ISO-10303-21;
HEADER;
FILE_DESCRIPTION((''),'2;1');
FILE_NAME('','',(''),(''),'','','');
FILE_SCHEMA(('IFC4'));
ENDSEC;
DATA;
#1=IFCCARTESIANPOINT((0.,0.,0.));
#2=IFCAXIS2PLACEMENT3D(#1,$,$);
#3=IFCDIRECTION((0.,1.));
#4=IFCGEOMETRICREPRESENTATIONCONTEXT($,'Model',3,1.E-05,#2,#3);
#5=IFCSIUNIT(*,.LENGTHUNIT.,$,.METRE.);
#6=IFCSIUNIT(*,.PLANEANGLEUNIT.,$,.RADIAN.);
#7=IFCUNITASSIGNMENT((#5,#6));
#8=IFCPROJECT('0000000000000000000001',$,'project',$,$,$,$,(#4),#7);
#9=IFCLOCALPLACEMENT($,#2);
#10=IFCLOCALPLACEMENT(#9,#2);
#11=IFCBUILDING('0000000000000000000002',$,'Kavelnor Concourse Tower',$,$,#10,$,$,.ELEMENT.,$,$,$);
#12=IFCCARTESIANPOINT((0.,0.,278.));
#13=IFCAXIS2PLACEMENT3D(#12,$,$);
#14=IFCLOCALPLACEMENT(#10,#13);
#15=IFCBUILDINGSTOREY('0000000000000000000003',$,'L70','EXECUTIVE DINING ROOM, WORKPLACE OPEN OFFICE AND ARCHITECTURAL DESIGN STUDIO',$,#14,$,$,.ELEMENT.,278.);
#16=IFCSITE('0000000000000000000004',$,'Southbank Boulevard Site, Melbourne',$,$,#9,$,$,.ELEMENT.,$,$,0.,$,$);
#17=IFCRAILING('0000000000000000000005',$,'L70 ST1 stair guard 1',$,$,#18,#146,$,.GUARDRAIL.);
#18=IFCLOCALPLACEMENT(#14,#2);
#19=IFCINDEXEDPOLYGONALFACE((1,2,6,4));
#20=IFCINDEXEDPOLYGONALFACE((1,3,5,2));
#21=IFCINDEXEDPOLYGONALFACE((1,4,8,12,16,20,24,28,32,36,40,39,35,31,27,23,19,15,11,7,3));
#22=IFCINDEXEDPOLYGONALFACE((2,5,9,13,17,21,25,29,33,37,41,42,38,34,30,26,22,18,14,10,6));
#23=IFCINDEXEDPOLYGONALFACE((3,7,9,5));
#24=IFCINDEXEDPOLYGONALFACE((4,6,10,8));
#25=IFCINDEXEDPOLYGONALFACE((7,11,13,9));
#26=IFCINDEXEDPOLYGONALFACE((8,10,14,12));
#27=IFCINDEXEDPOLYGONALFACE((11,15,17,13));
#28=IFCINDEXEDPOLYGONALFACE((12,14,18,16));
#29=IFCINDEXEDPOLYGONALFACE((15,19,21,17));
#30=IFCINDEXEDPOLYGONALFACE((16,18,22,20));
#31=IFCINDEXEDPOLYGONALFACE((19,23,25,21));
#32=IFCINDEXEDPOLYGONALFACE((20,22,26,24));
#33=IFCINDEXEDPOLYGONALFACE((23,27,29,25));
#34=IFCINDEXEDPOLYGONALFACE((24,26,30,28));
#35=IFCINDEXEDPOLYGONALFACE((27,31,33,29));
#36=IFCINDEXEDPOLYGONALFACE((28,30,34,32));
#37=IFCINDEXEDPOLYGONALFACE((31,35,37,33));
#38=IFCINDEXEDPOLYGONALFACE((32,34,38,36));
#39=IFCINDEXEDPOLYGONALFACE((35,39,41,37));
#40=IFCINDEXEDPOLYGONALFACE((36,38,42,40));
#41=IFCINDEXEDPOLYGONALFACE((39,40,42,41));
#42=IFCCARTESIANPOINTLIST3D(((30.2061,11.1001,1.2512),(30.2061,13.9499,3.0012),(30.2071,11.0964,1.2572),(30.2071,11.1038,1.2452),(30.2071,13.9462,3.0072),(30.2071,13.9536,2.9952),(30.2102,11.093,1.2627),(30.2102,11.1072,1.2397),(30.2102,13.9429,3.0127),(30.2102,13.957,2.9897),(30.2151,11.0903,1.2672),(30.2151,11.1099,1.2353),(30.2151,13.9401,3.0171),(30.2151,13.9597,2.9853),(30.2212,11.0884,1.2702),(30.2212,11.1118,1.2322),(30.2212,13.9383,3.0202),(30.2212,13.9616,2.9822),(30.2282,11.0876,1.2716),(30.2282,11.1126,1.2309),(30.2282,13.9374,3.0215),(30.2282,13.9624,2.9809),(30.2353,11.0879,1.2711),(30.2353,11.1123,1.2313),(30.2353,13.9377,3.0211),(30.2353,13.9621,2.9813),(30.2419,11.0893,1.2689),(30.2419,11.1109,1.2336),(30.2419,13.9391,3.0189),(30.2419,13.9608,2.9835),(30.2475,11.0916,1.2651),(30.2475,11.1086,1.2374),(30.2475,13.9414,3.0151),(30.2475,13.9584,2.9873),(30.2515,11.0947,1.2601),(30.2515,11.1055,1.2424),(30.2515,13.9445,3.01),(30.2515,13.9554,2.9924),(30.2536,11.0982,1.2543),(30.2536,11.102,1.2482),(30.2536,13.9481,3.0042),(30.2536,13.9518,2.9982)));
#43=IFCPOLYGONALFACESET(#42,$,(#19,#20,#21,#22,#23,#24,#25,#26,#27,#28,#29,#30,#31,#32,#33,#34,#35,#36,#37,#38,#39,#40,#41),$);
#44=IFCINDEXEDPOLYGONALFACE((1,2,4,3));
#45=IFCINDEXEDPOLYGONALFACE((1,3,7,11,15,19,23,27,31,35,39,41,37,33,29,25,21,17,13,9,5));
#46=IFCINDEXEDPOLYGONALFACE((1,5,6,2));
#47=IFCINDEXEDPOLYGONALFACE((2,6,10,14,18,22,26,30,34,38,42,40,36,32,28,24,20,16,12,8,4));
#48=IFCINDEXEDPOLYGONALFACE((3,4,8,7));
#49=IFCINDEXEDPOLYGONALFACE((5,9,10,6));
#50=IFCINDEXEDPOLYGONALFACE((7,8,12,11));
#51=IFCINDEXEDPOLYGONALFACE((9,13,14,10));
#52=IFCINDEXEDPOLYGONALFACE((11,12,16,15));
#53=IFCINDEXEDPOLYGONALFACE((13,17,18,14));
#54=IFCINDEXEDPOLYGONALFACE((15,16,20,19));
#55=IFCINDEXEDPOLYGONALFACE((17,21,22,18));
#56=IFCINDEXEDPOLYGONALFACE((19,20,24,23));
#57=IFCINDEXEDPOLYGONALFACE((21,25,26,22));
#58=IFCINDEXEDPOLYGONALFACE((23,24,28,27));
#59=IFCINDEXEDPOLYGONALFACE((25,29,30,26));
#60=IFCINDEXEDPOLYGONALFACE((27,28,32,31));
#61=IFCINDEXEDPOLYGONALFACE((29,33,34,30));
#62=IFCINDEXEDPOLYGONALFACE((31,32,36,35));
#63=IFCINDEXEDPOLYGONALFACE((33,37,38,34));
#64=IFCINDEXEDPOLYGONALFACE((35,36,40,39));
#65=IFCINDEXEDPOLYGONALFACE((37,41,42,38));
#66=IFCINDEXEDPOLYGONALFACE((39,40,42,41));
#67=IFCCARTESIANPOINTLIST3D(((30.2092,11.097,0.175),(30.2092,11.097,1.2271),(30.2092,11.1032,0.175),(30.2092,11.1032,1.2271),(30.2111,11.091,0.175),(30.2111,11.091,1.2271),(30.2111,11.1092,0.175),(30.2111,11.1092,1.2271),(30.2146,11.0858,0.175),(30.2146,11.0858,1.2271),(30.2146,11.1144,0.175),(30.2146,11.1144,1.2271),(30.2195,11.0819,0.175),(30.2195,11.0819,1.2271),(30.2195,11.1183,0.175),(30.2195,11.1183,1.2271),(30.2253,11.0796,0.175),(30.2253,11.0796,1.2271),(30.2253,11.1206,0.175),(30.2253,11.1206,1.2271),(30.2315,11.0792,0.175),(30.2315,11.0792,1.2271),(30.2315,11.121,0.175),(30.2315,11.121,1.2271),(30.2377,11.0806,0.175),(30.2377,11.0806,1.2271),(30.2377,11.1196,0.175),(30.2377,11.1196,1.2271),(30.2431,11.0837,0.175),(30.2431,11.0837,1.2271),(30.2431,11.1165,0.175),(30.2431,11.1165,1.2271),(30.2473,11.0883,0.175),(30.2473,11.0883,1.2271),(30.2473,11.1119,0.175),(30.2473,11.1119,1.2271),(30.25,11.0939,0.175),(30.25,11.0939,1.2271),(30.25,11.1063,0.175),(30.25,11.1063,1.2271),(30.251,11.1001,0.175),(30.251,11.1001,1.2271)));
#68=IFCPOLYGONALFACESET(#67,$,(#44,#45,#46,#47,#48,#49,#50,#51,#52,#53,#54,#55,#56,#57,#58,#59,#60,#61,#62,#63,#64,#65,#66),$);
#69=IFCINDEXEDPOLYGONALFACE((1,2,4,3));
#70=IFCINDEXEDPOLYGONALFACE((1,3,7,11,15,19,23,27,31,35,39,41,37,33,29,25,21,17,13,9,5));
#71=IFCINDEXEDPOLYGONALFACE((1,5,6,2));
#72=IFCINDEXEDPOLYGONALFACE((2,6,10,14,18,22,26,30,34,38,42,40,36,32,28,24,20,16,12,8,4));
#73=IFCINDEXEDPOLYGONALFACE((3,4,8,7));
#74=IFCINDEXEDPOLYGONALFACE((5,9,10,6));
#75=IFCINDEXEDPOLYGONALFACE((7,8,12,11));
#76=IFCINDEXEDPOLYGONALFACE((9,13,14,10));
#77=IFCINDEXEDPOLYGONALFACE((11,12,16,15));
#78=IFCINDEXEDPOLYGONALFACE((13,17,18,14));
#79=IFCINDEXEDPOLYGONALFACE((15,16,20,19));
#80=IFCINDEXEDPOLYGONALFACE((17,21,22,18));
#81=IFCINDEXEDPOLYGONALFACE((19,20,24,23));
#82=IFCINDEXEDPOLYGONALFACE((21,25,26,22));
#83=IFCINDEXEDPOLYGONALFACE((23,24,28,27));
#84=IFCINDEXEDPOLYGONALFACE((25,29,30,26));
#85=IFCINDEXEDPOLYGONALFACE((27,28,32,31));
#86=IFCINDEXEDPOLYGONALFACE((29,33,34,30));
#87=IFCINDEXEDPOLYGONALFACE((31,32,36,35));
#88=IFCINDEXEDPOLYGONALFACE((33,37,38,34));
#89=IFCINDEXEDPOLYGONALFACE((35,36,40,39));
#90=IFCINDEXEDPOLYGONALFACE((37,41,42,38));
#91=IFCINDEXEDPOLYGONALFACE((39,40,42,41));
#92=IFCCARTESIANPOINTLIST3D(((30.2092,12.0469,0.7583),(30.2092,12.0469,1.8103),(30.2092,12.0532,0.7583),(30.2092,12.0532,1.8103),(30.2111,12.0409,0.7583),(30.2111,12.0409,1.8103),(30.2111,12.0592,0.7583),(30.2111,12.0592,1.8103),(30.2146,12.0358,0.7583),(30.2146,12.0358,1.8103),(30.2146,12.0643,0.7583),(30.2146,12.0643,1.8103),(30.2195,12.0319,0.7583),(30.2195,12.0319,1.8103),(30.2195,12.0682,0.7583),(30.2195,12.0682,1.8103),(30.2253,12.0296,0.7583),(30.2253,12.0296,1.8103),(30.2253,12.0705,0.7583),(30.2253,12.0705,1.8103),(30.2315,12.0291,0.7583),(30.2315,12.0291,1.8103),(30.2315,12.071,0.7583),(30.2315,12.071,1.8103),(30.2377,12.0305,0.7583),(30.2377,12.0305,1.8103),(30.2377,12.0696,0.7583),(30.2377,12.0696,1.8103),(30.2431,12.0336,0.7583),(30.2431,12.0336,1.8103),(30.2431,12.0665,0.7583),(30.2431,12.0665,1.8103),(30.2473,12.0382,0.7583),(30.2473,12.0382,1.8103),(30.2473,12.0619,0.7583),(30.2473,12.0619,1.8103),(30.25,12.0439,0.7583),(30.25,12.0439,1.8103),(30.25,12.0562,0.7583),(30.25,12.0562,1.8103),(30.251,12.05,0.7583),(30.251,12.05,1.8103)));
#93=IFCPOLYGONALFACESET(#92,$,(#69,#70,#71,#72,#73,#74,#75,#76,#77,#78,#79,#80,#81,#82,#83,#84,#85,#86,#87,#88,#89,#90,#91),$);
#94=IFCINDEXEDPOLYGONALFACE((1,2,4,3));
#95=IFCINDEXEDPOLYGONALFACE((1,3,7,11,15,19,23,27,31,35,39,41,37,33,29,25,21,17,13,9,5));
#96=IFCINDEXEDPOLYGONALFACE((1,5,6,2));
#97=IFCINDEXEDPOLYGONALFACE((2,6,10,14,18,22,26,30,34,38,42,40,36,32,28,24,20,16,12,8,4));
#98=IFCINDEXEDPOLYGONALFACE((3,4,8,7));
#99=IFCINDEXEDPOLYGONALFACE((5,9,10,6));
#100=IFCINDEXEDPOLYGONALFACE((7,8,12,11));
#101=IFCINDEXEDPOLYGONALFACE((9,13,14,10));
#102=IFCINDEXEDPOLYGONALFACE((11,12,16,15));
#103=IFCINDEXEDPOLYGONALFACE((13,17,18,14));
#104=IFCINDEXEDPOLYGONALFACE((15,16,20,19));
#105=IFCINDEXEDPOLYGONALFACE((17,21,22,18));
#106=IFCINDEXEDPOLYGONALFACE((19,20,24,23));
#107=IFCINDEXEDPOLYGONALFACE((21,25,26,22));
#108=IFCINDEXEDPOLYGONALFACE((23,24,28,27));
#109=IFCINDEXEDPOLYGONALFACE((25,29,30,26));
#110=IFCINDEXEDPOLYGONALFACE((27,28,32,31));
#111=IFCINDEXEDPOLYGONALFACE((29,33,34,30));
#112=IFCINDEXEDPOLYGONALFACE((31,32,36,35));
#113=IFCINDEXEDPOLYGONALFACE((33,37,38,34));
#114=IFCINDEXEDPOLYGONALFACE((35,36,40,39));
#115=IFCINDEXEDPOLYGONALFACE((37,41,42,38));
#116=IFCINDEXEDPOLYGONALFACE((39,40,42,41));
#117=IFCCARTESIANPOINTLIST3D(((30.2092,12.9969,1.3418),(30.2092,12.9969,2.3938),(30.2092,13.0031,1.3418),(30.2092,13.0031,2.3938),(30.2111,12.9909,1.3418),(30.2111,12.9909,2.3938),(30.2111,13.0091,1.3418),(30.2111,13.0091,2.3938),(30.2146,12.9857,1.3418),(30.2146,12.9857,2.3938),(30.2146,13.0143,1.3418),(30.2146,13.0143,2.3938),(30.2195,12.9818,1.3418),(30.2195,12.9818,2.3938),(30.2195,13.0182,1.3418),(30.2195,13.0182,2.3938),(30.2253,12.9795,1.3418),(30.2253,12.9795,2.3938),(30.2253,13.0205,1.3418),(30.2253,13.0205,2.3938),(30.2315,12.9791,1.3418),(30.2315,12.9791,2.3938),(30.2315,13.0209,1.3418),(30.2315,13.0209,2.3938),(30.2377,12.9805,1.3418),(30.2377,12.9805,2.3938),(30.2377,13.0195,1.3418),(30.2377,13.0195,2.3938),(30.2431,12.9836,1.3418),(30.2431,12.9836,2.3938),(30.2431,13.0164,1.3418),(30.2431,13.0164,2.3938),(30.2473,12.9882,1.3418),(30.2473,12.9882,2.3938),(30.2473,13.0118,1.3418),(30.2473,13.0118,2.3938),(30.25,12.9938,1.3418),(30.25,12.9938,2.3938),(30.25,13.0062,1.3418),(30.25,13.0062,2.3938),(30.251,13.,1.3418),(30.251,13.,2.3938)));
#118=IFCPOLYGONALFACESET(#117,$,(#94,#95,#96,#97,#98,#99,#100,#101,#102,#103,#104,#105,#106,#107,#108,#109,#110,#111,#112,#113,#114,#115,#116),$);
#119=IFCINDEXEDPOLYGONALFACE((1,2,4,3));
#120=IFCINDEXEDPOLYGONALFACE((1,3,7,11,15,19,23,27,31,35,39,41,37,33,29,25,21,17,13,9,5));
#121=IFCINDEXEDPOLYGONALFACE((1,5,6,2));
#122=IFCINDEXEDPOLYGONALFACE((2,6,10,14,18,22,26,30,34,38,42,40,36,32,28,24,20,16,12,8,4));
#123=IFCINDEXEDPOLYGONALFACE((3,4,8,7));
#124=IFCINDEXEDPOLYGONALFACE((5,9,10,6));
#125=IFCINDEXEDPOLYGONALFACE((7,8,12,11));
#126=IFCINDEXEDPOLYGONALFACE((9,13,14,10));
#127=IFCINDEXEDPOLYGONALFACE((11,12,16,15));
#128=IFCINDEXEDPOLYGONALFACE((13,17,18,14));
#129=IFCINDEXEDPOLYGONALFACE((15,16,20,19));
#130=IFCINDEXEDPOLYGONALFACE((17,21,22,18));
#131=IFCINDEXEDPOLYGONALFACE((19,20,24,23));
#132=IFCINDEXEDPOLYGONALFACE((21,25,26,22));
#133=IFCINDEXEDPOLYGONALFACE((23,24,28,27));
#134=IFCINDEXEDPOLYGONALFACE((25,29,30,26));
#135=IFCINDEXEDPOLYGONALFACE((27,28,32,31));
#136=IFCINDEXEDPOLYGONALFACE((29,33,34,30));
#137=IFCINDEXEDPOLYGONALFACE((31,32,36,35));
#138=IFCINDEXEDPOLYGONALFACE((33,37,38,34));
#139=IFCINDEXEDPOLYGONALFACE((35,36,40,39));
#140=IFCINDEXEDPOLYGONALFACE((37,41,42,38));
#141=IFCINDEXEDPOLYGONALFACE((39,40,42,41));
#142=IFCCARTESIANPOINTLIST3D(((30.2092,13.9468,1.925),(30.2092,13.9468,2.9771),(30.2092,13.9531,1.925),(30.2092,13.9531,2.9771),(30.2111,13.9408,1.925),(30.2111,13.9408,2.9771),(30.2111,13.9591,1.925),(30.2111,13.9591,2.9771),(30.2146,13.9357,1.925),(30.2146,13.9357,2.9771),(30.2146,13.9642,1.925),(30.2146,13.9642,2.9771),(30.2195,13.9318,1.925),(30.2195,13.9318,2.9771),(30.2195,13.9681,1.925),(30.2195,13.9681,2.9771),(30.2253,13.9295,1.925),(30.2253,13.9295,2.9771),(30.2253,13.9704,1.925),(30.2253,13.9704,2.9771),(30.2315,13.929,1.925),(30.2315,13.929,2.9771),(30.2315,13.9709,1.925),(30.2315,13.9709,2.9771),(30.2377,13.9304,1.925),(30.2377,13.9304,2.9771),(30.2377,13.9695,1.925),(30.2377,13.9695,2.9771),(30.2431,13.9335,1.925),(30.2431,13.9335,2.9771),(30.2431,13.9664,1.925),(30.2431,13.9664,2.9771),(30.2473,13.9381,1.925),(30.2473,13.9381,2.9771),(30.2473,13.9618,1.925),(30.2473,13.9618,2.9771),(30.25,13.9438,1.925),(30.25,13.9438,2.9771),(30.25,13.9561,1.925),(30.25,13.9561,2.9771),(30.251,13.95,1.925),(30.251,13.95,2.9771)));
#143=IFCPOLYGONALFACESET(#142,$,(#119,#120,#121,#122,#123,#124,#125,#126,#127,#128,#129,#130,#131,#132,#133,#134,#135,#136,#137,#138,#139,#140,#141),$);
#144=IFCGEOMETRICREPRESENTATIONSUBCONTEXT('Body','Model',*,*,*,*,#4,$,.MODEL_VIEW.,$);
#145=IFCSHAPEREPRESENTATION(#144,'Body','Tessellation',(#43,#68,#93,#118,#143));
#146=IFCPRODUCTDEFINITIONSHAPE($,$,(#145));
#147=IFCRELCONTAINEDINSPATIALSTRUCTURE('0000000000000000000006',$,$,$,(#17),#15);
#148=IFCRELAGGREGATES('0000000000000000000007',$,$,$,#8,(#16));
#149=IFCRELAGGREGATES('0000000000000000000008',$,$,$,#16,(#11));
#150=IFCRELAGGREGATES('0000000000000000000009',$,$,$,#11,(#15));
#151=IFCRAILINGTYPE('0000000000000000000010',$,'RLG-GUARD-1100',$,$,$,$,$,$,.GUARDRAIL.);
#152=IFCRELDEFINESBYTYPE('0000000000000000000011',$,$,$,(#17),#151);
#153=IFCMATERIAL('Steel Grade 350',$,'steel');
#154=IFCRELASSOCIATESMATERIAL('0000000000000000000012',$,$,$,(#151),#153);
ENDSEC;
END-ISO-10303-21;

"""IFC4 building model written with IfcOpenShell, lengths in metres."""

from ifc_helpers import new_model, si_unit, direction, frame, origin, origin_2d, place, context, subcontext, project, spatial, circle, extrude, material, type_object, element, save


model = new_model("IFC4")

# Units and contexts
model_context = context("Model", 3, precision=1e-05, world=origin(), true_north=direction((0.0, 1.0)))
body_context = subcontext(model_context, "Body", "Model", "MODEL_VIEW")
ifc_project = project(units=[si_unit("LENGTHUNIT", "METRE"), si_unit("PLANEANGLEUNIT", "RADIAN")], contexts=[model_context])

# Site, building, storey
site_placement = place(None, origin())
site = spatial("IfcSite", under=ifc_project, at=site_placement, Name="Southbank Boulevard Site, Melbourne", CompositionType="ELEMENT", RefElevation=0.0)
building_placement = place(site_placement, origin())
building = spatial("IfcBuilding", under=site, at=building_placement, Name="Kavelnor Concourse Tower", CompositionType="ELEMENT")
storey_placement = place(building_placement, frame((0.0, 0.0, 278.0)))
storey = spatial("IfcBuildingStorey", under=building, at=storey_placement, Name="L70", Description="EXECUTIVE DINING ROOM, WORKPLACE OPEN OFFICE AND ARCHITECTURAL DESIGN STUDIO", CompositionType="ELEMENT", Elevation=278.0)

# Shared definitions
ifc_material_1 = material(Name="Steel Grade 350", Category="steel")

# Railing
railing_type_1 = type_object("IfcRailingType", Name="RLG-GUARD-1100", PredefinedType="GUARDRAIL", material=ifc_material_1)
railing_1_placement = place(storey_placement, frame((30.23, 11.1001, 0.175)))
element("IfcRailing", 1, at=railing_1_placement, inside=storey, type_object=railing_type_1, Name="L70 ST1 stair guard 1", PredefinedType="GUARDRAIL", context=body_context, shape_type="SweptSolid", body=[
    extrude(circle(Radius=0.0239, at=origin_2d()), frame((0.0, 0.0, 1.0762), z_axis=(0.0, 0.852159, 0.523283), x_axis=(-1.0, 0.0, 0.0)), (0.0, 0.0, 1.0), 3.3442),
    extrude(circle(Radius=0.021, at=origin_2d()), origin(), (0.0, 0.0, 1.0), 1.052),
    extrude(circle(Radius=0.021, at=origin_2d()), frame((0.0, 0.95, 0.5833)), (0.0, 0.0, 1.0), 1.052),
    extrude(circle(Radius=0.021, at=origin_2d()), frame((0.0, 1.8999, 1.1667)), (0.0, 0.0, 1.0), 1.052),
    extrude(circle(Radius=0.021, at=origin_2d()), frame((0.0, 2.8499, 1.75)), (0.0, 0.0, 1.0), 1.052),
])

save(model, "model.ifc")
